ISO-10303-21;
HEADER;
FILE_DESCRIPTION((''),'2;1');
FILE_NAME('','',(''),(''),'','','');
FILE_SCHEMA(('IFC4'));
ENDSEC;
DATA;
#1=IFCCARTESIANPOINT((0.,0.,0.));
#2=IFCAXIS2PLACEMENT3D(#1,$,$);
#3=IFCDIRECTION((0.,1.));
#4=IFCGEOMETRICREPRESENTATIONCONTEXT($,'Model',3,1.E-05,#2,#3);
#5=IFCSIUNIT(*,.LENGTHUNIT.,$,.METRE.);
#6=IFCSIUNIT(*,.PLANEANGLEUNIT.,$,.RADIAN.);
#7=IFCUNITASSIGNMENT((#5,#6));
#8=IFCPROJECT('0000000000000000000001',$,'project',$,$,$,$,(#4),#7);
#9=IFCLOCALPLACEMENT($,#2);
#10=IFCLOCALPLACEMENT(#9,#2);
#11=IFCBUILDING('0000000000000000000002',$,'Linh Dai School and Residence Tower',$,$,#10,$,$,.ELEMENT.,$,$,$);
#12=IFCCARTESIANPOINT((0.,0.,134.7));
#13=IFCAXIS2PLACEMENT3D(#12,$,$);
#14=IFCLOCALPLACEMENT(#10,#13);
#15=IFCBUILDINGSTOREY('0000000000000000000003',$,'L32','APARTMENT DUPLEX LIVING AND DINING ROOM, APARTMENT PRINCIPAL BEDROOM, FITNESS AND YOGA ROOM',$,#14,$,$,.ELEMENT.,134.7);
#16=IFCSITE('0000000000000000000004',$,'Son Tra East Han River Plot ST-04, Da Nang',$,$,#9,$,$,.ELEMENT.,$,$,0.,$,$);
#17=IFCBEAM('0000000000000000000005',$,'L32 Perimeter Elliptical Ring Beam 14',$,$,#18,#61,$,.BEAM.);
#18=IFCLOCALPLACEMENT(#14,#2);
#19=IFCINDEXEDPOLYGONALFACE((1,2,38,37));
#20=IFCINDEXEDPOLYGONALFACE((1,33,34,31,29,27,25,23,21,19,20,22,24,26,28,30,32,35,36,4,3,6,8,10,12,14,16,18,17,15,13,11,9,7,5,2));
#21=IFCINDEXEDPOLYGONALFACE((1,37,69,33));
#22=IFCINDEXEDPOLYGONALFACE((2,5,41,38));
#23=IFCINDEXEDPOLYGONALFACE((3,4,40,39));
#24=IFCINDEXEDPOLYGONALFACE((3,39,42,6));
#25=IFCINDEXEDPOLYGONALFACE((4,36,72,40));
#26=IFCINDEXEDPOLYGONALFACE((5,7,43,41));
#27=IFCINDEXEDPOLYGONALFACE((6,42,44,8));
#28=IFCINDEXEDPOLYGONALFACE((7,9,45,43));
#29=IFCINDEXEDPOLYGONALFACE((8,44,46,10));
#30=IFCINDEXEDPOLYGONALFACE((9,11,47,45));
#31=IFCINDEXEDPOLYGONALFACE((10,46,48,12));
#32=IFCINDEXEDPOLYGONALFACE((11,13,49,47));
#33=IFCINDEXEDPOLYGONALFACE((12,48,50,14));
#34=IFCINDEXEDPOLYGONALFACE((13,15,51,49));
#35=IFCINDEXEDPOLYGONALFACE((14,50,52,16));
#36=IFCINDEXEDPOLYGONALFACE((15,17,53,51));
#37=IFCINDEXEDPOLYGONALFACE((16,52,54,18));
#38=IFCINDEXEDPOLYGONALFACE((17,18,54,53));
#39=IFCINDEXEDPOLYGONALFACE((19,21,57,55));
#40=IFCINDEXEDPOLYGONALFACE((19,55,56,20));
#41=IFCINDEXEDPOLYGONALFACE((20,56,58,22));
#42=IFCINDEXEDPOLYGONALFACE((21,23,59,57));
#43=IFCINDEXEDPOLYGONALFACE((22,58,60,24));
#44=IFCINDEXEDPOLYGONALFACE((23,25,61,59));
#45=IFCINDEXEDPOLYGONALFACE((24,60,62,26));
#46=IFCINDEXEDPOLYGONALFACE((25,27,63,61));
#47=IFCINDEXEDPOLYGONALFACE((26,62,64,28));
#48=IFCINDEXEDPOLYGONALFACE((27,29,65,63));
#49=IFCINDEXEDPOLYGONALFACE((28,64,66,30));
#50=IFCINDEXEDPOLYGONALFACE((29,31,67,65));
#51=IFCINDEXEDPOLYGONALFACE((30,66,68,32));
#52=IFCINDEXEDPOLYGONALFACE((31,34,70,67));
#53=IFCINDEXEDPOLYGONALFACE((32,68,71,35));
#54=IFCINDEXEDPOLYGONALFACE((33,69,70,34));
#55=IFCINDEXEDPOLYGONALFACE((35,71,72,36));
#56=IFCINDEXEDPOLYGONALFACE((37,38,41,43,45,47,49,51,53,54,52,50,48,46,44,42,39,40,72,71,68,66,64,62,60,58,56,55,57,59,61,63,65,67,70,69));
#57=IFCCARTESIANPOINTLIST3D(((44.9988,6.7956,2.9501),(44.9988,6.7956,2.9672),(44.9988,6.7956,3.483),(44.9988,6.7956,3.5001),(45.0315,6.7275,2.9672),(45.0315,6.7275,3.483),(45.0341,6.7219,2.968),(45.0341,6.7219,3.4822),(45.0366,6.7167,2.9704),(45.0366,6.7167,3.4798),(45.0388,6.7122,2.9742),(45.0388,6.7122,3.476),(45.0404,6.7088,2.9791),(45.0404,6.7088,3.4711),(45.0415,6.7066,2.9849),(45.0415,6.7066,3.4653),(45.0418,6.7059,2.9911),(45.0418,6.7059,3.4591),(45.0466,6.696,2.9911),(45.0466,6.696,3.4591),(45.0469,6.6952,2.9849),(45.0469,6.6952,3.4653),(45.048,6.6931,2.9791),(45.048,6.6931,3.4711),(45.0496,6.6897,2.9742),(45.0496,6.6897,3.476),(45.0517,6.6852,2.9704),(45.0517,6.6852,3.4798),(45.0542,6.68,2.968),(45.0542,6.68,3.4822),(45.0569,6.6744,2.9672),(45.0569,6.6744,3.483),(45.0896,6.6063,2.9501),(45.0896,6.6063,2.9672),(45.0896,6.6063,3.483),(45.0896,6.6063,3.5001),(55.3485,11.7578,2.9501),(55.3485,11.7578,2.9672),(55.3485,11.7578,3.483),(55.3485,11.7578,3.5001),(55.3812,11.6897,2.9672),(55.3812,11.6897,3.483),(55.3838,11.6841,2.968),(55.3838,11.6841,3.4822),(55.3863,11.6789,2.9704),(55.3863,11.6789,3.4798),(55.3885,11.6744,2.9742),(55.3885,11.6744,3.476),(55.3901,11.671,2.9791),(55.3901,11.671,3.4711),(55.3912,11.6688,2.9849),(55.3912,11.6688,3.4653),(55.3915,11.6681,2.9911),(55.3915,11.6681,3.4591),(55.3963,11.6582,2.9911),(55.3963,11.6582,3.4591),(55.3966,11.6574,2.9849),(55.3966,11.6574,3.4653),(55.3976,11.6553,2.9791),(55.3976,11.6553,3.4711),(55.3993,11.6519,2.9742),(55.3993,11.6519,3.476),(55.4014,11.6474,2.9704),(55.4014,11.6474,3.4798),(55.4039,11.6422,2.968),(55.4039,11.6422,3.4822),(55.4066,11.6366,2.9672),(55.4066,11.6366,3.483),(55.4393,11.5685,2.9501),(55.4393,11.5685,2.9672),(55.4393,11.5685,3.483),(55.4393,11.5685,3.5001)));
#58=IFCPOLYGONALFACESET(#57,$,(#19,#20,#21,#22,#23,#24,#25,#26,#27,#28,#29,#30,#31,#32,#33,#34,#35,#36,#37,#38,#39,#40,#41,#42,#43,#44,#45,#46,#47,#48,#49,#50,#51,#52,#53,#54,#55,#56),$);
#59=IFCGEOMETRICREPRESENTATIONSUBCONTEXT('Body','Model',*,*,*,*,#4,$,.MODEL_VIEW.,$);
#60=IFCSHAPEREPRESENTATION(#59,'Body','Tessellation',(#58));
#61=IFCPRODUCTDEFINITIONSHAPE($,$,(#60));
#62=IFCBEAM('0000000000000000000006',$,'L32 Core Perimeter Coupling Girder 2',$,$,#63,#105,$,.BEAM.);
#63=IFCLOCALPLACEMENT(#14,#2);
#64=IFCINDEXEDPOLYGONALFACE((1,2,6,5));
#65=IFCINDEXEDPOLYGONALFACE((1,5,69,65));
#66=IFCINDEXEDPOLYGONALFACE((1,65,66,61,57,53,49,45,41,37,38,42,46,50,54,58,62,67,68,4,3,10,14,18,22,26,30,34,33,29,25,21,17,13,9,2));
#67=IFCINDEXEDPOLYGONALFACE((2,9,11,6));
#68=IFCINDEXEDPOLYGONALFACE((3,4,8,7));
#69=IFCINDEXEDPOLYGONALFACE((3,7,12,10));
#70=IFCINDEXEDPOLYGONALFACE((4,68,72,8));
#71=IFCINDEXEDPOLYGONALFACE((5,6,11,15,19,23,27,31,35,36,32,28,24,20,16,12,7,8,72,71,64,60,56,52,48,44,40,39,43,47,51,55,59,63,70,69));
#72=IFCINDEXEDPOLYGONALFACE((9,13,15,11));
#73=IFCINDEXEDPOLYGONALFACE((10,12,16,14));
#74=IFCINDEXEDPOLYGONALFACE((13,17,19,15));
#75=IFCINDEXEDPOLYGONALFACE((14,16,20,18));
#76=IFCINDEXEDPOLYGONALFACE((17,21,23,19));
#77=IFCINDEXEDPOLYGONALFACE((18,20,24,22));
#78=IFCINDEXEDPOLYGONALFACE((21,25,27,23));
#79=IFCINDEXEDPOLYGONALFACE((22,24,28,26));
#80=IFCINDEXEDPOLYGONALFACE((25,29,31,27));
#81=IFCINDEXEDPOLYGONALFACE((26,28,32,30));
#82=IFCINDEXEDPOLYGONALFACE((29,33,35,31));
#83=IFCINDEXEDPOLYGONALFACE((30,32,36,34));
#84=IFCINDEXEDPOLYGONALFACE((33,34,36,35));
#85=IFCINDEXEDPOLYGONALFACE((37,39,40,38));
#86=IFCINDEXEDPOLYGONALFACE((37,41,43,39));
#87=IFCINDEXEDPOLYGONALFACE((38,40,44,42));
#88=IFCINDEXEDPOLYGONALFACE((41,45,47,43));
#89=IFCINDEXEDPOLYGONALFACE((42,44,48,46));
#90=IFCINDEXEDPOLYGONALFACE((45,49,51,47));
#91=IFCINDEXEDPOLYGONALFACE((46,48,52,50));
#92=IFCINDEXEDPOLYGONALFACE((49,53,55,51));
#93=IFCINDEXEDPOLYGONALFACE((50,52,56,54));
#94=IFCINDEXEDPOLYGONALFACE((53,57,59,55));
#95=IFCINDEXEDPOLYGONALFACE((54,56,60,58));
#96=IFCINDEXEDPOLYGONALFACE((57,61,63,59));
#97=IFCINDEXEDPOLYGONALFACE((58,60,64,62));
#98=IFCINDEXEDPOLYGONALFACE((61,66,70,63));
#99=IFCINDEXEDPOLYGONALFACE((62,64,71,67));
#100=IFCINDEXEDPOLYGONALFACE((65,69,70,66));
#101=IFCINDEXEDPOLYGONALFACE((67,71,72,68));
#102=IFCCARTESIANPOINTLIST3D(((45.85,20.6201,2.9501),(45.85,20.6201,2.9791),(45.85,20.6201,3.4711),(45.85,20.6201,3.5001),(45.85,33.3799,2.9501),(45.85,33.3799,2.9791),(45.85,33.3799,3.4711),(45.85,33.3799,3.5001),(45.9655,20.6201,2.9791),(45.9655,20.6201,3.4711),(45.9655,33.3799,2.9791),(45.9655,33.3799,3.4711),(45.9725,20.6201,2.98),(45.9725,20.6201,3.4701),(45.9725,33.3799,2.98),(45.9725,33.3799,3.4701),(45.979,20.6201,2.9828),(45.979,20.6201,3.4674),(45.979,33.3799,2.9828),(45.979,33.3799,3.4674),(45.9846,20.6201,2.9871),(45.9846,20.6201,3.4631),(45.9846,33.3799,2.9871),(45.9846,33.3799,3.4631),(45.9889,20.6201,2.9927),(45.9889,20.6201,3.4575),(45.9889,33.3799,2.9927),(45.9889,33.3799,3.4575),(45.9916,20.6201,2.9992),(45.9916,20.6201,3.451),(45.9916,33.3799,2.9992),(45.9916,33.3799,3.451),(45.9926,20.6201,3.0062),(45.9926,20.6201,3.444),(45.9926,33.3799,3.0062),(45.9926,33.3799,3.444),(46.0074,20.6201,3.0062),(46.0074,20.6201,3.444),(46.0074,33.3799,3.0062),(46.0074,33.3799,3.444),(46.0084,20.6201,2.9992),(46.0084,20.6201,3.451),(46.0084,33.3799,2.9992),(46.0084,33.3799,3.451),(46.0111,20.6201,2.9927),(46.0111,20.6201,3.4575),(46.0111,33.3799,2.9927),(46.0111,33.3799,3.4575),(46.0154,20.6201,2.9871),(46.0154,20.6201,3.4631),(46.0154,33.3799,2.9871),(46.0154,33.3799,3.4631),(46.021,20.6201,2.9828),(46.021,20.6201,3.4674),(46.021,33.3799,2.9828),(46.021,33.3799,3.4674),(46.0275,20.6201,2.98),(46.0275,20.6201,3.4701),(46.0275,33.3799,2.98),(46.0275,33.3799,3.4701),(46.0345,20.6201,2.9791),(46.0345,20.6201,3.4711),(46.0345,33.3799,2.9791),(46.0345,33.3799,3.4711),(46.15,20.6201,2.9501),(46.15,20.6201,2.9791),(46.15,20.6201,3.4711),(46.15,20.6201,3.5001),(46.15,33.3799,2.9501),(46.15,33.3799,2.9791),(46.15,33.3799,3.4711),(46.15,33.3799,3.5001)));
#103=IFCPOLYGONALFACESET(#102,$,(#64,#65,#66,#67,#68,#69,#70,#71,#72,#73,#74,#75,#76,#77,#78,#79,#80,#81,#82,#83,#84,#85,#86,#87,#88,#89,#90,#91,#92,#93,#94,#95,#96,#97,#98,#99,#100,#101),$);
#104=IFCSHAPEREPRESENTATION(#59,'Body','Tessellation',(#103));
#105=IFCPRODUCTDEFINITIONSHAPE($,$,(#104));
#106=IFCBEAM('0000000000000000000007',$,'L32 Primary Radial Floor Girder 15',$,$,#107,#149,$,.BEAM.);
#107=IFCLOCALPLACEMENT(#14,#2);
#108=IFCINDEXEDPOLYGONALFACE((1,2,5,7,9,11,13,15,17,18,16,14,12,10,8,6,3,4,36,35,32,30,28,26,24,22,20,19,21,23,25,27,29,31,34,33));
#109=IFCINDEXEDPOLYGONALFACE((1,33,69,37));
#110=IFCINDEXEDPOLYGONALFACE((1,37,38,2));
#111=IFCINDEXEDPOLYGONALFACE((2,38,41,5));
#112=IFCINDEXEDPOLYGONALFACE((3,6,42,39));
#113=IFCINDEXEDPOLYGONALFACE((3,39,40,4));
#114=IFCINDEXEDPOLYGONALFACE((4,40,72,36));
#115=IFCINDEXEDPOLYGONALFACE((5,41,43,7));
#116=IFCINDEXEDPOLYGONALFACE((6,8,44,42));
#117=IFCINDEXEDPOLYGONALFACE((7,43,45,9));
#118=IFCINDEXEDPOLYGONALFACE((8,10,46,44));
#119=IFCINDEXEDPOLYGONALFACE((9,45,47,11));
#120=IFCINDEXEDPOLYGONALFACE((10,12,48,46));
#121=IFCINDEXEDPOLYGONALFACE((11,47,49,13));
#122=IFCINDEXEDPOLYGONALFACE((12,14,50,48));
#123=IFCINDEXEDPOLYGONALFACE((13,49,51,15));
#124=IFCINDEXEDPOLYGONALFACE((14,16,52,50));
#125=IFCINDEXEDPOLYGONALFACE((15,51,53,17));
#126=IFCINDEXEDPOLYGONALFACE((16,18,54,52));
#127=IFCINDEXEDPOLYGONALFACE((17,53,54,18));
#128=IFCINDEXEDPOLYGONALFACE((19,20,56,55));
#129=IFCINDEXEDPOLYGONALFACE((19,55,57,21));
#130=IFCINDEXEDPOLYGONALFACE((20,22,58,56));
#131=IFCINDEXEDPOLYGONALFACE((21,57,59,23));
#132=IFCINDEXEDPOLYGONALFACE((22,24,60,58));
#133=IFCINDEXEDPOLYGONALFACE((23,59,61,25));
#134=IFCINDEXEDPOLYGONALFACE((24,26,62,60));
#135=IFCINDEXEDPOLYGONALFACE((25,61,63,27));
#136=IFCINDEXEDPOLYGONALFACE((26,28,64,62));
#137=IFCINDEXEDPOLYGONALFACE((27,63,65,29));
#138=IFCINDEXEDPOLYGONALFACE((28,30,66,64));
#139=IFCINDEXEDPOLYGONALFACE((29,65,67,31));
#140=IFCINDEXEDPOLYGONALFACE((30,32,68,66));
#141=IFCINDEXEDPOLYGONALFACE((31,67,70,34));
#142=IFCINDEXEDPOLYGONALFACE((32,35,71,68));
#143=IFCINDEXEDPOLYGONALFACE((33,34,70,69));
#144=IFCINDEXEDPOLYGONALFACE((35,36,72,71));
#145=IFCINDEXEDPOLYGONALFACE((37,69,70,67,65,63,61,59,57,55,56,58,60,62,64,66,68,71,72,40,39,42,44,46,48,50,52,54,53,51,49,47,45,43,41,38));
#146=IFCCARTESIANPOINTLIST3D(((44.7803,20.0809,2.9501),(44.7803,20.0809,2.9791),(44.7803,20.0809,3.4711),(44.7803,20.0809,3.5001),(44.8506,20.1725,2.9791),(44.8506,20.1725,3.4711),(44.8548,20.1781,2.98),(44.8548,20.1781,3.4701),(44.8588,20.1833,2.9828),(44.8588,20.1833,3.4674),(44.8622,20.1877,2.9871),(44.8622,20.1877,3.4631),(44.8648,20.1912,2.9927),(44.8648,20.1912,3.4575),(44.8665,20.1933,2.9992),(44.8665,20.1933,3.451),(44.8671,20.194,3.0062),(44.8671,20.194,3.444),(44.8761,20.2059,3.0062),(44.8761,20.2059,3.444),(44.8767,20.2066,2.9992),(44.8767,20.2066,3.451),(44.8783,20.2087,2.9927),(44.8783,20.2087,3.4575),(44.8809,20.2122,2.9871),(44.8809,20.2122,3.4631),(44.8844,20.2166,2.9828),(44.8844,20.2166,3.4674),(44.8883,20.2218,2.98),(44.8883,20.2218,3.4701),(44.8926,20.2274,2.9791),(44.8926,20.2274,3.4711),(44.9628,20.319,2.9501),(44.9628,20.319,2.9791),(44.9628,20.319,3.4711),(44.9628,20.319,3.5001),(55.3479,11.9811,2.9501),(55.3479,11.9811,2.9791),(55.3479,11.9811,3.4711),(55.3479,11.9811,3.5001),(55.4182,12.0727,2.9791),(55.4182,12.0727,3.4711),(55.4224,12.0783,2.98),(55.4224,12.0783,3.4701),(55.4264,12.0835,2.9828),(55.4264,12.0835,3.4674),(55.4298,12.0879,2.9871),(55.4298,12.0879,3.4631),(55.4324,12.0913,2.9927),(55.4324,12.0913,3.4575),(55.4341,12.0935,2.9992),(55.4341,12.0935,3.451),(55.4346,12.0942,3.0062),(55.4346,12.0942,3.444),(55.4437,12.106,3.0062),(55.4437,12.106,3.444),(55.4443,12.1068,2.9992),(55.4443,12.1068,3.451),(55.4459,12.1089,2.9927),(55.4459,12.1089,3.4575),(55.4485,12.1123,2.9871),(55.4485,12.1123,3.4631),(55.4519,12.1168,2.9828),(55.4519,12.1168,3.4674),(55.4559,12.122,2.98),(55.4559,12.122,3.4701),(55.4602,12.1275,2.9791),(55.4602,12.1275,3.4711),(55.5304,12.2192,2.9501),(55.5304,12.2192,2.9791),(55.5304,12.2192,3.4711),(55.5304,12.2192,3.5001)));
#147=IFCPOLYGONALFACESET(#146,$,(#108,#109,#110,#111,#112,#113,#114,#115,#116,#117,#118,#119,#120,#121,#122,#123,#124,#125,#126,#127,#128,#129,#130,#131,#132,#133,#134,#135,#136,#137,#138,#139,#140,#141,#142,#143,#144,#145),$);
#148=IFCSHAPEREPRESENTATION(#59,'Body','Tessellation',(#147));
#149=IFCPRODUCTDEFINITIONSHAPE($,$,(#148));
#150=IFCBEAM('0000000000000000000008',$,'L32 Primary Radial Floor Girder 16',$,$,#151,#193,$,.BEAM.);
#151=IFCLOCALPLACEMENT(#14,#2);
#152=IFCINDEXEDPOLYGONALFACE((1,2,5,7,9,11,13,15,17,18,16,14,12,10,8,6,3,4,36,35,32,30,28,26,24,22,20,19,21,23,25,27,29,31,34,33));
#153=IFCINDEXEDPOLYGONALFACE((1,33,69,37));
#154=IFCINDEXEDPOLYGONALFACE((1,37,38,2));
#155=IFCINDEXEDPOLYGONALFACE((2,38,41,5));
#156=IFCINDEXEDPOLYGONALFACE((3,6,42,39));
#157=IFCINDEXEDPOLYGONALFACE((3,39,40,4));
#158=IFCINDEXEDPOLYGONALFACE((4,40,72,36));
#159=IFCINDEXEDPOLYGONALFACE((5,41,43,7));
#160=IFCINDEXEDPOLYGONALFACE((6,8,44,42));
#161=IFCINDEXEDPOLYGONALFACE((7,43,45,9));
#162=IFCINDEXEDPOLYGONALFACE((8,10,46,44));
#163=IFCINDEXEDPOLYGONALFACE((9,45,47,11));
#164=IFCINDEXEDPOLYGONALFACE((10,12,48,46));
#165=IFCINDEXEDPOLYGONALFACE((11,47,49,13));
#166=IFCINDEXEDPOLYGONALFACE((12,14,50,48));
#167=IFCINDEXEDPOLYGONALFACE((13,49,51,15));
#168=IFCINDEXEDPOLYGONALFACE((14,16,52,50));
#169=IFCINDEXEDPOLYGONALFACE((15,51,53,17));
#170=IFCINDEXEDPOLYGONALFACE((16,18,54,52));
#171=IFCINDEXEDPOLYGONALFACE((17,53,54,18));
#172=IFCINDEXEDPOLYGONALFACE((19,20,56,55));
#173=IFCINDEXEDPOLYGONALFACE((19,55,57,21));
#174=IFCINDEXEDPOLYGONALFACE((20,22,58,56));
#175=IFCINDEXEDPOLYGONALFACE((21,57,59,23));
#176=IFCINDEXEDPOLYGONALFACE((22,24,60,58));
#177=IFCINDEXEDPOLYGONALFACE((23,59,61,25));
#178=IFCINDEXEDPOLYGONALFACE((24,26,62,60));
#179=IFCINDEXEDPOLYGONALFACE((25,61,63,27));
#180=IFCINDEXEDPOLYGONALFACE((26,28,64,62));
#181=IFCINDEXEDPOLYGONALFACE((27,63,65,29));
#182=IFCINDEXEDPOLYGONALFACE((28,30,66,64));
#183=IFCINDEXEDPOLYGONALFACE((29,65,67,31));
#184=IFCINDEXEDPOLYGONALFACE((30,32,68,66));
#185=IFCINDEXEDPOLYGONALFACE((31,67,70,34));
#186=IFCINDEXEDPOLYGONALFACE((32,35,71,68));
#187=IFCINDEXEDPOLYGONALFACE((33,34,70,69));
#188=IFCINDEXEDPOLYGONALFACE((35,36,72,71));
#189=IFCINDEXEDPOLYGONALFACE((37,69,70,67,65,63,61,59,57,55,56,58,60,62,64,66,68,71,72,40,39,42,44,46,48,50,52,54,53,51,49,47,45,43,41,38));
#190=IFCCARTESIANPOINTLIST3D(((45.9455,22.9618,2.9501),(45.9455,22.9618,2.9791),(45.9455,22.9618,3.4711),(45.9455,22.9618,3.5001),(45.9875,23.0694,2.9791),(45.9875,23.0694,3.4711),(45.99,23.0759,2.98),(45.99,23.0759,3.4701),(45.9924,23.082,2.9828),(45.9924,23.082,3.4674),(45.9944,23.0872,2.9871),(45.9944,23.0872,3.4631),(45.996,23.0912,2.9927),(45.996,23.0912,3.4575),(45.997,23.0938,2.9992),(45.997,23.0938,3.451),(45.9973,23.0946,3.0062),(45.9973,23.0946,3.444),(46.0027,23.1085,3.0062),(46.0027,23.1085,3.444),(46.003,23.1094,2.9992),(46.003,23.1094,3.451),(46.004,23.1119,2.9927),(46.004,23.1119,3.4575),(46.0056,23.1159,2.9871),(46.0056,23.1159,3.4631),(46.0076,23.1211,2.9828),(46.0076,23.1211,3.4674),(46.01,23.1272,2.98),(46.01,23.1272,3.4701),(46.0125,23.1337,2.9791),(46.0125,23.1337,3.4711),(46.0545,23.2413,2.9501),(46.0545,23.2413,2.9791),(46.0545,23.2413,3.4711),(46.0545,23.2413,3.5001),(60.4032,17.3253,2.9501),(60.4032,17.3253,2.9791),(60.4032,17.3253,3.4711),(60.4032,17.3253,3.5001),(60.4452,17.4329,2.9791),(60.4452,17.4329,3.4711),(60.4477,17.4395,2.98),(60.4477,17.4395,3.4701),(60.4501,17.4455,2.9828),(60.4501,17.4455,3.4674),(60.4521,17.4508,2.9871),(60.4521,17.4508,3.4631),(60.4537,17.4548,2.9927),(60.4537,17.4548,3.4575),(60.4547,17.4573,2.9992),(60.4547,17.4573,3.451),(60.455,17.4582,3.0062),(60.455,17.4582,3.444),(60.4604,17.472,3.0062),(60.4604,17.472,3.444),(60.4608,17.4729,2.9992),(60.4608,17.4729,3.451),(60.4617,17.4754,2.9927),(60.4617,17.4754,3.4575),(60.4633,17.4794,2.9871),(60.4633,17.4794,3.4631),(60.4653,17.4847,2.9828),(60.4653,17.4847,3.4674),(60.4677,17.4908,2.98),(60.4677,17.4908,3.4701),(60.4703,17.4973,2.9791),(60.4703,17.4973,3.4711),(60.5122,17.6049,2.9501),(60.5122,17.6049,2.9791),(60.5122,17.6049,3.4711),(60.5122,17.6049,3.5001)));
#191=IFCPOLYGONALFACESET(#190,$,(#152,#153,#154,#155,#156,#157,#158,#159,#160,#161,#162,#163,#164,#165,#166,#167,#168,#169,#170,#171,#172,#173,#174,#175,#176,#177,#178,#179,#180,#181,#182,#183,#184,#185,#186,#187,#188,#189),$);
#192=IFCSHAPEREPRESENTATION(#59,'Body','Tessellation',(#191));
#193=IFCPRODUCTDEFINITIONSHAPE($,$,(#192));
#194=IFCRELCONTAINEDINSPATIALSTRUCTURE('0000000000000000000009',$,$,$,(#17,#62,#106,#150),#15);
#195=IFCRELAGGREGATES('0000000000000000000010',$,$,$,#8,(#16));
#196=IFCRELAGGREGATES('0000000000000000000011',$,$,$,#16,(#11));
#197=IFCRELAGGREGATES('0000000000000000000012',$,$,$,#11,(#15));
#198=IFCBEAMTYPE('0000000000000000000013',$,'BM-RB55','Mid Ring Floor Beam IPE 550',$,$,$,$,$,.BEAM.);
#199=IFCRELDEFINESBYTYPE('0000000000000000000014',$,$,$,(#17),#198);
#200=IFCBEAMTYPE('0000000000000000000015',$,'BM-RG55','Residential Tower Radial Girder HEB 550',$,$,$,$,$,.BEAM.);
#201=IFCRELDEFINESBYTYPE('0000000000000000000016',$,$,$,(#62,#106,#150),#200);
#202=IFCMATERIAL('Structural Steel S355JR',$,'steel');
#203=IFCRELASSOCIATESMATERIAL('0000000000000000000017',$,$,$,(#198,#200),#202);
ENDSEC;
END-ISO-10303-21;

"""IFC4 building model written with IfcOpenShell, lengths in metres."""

from ifc_helpers import new_model, si_unit, direction, frame, origin, origin_2d, place, context, subcontext, project, spatial, i_section, extrude, material, material_profile, profile_set, type_object, element, save


model = new_model("IFC4")

# Units and contexts
model_context = context("Model", 3, precision=1e-05, world=origin(), true_north=direction((0.0, 1.0)))
body_context = subcontext(model_context, "Body", "Model", "MODEL_VIEW")
ifc_project = project(units=[si_unit("LENGTHUNIT", "METRE"), si_unit("PLANEANGLEUNIT", "RADIAN")], contexts=[model_context])

# Site, building, storey
site_placement = place(None, origin())
site = spatial("IfcSite", under=ifc_project, at=site_placement, Name="Son Tra East Han River Plot ST-04, Da Nang", CompositionType="ELEMENT", RefElevation=0.0)
building_placement = place(site_placement, origin())
building = spatial("IfcBuilding", under=site, at=building_placement, Name="Linh Dai School and Residence Tower", CompositionType="ELEMENT")
storey_placement = place(building_placement, frame((0.0, 0.0, 134.7)))
storey = spatial("IfcBuildingStorey", under=building, at=storey_placement, Name="L32", Description="APARTMENT DUPLEX LIVING AND DINING ROOM, APARTMENT PRINCIPAL BEDROOM, FITNESS AND YOGA ROOM", CompositionType="ELEMENT", Elevation=134.7)

# Shared definitions
ifc_material_1 = material(Name="Structural Steel S355JR", Category="steel")

# Beams
ifc_material_profile_1 = material_profile(ifc_material_1, i_section(OverallWidth=0.21, OverallDepth=0.55, WebThickness=0.011, FlangeThickness=0.0171, FilletRadius=0.0239, at=origin_2d()), Name="IPE 550")
ifc_profile_set_1 = profile_set([ifc_material_profile_1], Name="Structural Steel S355JR")
beam_type_1 = type_object("IfcBeamType", Name="BM-RB55", Description="Mid Ring Floor Beam IPE 550", PredefinedType="BEAM", material=ifc_profile_set_1)
beam_1_placement = place(storey_placement, frame((45.0442, 6.7009, 3.2251), z_axis=(0.901715, 0.432331, 0.0), x_axis=(-0.432331, 0.901715, 0.0)))
element("IfcBeam", 1, at=beam_1_placement, inside=storey, type_object=beam_type_1, Name="L32 Perimeter Elliptical Ring Beam 14", PredefinedType="BEAM", context=body_context, shape_type="SweptSolid", body=[
    extrude(i_section(OverallWidth=0.21, OverallDepth=0.55, WebThickness=0.011, FlangeThickness=0.0171, FilletRadius=0.0239, at=origin_2d()), origin(), (0.0, 0.0, 1.0), 11.4778),
])
ifc_material_profile_2 = material_profile(ifc_material_1, i_section(OverallWidth=0.3, OverallDepth=0.55, WebThickness=0.0149, FlangeThickness=0.0291, FilletRadius=0.0271, at=origin_2d()), Name="HEB 550")
ifc_profile_set_2 = profile_set([ifc_material_profile_2], Name="Structural Steel S355JR")
beam_type_2 = type_object("IfcBeamType", Name="BM-RG55", Description="Residential Tower Radial Girder HEB 550", PredefinedType="BEAM", material=ifc_profile_set_2)
beam_2_placement = place(storey_placement, frame((46.0, 20.6201, 3.2251), z_axis=(0.0, 1.0, 0.0), x_axis=(-1.0, 0.0, 0.0)))
element("IfcBeam", 2, at=beam_2_placement, inside=storey, type_object=beam_type_2, Name="L32 Core Perimeter Coupling Girder 2", PredefinedType="BEAM", context=body_context, shape_type="SweptSolid", body=[
    extrude(i_section(OverallWidth=0.3, OverallDepth=0.55, WebThickness=0.0149, FlangeThickness=0.0291, FilletRadius=0.0271, at=origin_2d()), origin(), (0.0, 0.0, 1.0), 12.7598),
])
beam_3_placement = place(storey_placement, frame((44.8716, 20.2, 3.2251), z_axis=(0.793679, -0.608337, 0.0), x_axis=(0.608337, 0.793679, 0.0)))
element("IfcBeam", 3, at=beam_3_placement, inside=storey, type_object=beam_type_2, Name="L32 Primary Radial Floor Girder 15", PredefinedType="BEAM", context=body_context, shape_type="SweptSolid", body=[
    extrude(i_section(OverallWidth=0.3, OverallDepth=0.55, WebThickness=0.0149, FlangeThickness=0.0291, FilletRadius=0.0271, at=origin_2d()), origin(), (0.0, 0.0, 1.0), 13.3147),
])
beam_4_placement = place(storey_placement, frame((46.0, 23.1016, 3.2251), z_axis=(0.931699, -0.36323, 0.0), x_axis=(0.36323, 0.931699, 0.0)))
element("IfcBeam", 4, at=beam_4_placement, inside=storey, type_object=beam_type_2, Name="L32 Primary Radial Floor Girder 16", PredefinedType="BEAM", context=body_context, shape_type="SweptSolid", body=[
    extrude(i_section(OverallWidth=0.3, OverallDepth=0.55, WebThickness=0.0149, FlangeThickness=0.0291, FilletRadius=0.0271, at=origin_2d()), origin(), (0.0, 0.0, 1.0), 15.5176),
])

save(model, "model.ifc")
